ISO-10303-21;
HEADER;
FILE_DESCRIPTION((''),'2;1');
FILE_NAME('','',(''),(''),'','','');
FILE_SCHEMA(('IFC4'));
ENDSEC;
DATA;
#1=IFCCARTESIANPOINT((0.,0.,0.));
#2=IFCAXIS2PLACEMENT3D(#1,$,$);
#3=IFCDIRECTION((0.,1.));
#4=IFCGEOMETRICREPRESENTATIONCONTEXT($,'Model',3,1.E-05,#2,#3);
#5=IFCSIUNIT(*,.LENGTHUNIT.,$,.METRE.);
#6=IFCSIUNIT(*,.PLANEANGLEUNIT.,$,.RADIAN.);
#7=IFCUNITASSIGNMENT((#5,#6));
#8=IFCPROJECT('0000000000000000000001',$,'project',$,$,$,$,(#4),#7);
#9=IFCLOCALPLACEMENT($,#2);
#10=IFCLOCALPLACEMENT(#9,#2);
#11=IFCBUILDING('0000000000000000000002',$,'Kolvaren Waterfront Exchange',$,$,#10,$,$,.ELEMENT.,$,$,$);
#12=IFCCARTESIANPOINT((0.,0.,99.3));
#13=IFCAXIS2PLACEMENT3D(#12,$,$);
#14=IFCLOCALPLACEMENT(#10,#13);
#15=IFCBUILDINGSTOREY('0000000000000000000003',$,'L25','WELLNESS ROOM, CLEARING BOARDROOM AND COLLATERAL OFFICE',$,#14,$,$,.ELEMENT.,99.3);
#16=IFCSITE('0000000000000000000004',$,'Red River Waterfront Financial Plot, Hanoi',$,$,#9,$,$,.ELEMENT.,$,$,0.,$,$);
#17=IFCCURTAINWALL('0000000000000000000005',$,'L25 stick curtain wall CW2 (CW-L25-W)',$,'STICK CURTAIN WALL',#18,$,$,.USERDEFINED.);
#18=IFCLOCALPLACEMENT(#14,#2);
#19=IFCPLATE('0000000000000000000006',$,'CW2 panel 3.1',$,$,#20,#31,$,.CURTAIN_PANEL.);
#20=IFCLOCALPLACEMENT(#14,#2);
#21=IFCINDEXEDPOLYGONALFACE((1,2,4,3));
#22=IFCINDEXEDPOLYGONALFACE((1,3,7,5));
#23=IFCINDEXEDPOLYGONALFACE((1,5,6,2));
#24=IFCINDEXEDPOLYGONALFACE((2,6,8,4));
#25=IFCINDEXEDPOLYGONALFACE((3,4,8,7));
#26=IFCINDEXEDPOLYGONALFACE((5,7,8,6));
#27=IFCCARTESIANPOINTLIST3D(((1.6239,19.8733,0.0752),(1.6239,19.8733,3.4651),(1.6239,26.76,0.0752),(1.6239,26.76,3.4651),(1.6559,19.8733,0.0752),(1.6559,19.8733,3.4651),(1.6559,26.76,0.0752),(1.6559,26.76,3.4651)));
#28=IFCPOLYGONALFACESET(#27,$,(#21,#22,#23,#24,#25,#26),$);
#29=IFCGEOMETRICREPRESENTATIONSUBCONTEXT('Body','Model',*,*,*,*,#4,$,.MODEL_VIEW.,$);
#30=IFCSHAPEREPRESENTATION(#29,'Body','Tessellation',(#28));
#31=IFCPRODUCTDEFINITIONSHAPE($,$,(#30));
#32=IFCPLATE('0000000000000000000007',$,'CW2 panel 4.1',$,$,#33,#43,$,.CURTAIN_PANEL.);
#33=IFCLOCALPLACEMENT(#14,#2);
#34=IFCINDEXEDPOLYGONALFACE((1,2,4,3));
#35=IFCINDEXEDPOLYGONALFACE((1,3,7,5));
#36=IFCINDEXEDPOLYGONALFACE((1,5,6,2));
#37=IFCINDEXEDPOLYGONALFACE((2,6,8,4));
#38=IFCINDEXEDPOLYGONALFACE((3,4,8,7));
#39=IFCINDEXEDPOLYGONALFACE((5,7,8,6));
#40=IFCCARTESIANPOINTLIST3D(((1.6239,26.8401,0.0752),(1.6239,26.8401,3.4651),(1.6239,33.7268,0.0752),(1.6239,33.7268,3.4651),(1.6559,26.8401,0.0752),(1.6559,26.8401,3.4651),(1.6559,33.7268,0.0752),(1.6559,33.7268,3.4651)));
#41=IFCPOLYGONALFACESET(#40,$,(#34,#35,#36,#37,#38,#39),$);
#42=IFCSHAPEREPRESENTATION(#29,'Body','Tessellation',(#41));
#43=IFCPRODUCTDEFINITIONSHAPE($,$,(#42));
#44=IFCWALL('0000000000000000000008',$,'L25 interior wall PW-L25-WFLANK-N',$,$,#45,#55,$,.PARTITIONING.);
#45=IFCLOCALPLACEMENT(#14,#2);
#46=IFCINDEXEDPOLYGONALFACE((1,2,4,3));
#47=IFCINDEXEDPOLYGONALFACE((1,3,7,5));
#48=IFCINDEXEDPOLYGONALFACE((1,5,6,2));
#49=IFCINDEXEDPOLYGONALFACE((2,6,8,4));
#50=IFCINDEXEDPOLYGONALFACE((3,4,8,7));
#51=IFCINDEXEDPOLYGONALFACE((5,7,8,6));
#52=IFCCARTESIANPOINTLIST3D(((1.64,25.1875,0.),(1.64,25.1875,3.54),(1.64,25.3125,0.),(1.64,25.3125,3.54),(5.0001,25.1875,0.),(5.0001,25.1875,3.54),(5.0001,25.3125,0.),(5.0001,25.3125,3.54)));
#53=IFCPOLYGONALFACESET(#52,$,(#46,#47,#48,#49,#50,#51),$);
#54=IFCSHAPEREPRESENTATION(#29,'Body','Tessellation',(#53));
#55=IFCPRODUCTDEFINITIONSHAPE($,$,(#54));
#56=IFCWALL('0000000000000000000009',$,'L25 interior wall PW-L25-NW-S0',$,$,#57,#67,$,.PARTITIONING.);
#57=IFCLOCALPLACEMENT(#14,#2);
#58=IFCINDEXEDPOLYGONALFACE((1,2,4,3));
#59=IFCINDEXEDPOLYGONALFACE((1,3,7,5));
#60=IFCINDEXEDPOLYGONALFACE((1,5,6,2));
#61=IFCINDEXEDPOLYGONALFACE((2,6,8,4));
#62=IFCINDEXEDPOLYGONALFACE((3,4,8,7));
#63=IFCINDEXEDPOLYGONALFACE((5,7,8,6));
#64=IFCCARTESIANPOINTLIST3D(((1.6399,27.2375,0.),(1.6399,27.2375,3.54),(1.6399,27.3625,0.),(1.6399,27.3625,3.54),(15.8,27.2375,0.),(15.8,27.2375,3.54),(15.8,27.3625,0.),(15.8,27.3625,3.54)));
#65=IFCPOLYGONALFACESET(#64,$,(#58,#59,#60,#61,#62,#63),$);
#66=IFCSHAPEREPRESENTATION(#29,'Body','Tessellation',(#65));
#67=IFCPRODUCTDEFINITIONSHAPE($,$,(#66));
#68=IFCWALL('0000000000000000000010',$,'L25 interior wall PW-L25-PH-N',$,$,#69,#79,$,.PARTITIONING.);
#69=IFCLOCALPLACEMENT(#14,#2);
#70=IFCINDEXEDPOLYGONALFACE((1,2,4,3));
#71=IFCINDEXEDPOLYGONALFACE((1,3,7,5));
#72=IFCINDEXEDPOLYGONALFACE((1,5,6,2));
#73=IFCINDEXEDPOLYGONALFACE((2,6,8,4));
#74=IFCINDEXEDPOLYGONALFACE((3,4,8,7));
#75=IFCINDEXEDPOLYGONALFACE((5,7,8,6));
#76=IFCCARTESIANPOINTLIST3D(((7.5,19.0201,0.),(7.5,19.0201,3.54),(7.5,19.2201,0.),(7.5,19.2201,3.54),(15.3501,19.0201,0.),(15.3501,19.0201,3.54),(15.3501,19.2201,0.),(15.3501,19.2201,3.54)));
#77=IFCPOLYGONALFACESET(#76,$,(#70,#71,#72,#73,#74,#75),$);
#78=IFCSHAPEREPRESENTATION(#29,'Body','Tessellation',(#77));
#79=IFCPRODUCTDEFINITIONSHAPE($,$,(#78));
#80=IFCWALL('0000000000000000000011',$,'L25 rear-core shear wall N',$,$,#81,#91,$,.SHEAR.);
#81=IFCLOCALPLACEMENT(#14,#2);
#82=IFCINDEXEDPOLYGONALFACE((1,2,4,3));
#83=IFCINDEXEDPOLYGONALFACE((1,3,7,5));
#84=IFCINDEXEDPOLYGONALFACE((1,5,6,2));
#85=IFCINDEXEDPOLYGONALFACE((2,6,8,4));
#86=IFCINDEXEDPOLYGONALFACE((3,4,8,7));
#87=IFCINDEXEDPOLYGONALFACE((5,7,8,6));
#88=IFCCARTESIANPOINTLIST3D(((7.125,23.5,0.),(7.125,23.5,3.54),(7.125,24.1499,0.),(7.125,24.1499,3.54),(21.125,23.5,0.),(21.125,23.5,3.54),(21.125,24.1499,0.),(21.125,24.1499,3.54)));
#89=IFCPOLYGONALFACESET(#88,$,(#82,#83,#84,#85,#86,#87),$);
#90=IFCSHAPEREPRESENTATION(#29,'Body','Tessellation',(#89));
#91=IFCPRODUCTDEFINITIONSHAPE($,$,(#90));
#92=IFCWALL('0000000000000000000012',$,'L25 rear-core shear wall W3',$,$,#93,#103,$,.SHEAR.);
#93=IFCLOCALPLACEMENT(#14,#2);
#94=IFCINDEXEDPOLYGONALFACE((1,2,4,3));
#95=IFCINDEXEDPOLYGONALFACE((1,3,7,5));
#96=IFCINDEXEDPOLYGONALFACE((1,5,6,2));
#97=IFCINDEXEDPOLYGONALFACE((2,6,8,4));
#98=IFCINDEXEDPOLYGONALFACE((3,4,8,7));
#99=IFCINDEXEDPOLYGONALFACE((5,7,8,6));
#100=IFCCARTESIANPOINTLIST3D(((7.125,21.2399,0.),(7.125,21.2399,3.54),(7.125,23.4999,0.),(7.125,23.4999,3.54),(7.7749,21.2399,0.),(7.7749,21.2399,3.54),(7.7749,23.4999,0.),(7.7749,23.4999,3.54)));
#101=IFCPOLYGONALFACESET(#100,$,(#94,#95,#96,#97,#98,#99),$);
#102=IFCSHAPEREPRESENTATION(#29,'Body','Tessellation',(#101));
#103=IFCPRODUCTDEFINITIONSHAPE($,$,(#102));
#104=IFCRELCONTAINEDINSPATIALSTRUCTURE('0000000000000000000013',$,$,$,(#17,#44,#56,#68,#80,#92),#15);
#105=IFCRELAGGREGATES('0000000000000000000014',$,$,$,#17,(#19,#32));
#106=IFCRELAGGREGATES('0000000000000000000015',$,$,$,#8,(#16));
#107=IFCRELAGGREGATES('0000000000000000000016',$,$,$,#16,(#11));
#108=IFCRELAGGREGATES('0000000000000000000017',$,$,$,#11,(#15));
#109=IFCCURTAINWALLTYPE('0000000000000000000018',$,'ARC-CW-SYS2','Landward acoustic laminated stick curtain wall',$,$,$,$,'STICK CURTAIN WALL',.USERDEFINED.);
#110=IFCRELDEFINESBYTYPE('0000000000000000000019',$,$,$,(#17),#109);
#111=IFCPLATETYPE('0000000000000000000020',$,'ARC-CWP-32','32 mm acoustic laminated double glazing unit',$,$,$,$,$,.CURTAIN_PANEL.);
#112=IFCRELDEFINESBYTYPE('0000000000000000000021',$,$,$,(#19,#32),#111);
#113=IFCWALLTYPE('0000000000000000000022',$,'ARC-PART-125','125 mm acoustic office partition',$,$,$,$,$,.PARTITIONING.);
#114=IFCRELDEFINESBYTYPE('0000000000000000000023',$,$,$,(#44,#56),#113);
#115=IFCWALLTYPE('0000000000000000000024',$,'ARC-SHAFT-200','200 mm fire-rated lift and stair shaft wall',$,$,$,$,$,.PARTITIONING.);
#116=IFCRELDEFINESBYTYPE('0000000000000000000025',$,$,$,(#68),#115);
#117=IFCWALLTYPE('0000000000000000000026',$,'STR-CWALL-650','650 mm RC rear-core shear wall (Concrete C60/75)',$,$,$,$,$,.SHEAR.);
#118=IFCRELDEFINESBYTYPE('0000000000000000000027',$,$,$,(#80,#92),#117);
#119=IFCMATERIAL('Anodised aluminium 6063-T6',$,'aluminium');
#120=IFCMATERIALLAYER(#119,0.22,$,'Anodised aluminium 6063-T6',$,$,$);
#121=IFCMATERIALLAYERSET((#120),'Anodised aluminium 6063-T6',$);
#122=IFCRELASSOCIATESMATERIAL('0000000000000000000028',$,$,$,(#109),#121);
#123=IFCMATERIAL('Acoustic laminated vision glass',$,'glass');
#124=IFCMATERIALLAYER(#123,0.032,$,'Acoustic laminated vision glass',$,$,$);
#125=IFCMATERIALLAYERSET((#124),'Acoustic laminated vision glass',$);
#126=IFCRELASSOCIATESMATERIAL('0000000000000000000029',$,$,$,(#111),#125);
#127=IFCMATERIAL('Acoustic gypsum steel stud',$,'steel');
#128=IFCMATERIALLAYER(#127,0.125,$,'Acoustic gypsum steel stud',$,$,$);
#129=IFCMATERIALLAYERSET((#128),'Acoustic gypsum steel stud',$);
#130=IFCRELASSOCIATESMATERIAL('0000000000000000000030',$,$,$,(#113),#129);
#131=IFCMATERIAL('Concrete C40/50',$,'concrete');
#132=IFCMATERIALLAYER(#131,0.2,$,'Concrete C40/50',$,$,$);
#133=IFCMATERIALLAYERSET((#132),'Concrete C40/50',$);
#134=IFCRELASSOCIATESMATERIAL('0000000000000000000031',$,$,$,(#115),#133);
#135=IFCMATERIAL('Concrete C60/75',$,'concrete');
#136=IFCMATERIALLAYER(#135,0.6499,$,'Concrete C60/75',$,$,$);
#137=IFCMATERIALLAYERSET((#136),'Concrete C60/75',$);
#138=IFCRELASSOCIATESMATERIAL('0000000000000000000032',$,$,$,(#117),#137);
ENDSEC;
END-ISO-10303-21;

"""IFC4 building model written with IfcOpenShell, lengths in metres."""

from ifc_helpers import new_model, si_unit, direction, frame, frame_2d, origin, origin_with_axes, origin_2d, place, context, subcontext, project, spatial, rectangle, extrude, source, transform, mapped, material, layer, layer_set, type_object, element, aggregate, save


model = new_model("IFC4")

# Units and contexts
model_context = context("Model", 3, precision=1e-05, world=origin(), true_north=direction((0.0, 1.0)))
body_context = subcontext(model_context, "Body", "Model", "MODEL_VIEW")
ifc_project = project(units=[si_unit("LENGTHUNIT", "METRE"), si_unit("PLANEANGLEUNIT", "RADIAN")], contexts=[model_context])

# Site, building, storey
site_placement = place(None, origin())
site = spatial("IfcSite", under=ifc_project, at=site_placement, Name="Red River Waterfront Financial Plot, Hanoi", CompositionType="ELEMENT", RefElevation=0.0)
building_placement = place(site_placement, origin())
building = spatial("IfcBuilding", under=site, at=building_placement, Name="Kolvaren Waterfront Exchange", CompositionType="ELEMENT")
storey_placement = place(building_placement, frame((0.0, 0.0, 99.3)))
storey = spatial("IfcBuildingStorey", under=building, at=storey_placement, Name="L25", Description="WELLNESS ROOM, CLEARING BOARDROOM AND COLLATERAL OFFICE", CompositionType="ELEMENT", Elevation=99.3)

# Shared definitions
ifc_material_1 = material(Name="Concrete C60/75", Category="concrete")

# Curtain wall, plates
ifc_material_2 = material(Name="Anodised aluminium 6063-T6", Category="aluminium")
ifc_layer_1 = layer(ifc_material_2, 0.22, Name="Anodised aluminium 6063-T6")
ifc_layer_set_1 = layer_set([ifc_layer_1], Name="Anodised aluminium 6063-T6")
curtain_wall_type = type_object("IfcCurtainWallType", Name="ARC-CW-SYS2", Description="Landward acoustic laminated stick curtain wall", ElementType="STICK CURTAIN WALL", PredefinedType="USERDEFINED", material=ifc_layer_set_1)
curtain_wall_placement = place(storey_placement, origin())
curtain_wall = element("IfcCurtainWall", 1, at=curtain_wall_placement, inside=storey, type_object=curtain_wall_type, Name="L25 stick curtain wall CW2 (CW-L25-W)", ObjectType="STICK CURTAIN WALL", PredefinedType="USERDEFINED")
ifc_material_3 = material(Name="Acoustic laminated vision glass", Category="glass")
ifc_layer_2 = layer(ifc_material_3, 0.032, Name="Acoustic laminated vision glass")
ifc_layer_set_2 = layer_set([ifc_layer_2], Name="Acoustic laminated vision glass")
plate_type = type_object("IfcPlateType", Name="ARC-CWP-32", Description="32 mm acoustic laminated double glazing unit", PredefinedType="CURTAIN_PANEL", material=ifc_layer_set_2)
shared_shape_1 = source(origin_with_axes(), body_context, "Body", "SweptSolid", [
    extrude(rectangle(XDim=6.8867, YDim=0.032, at=origin_2d()), origin(), (0.0, 0.0, 1.0), 3.3899),
])
plate_1_placement = place(storey_placement, frame((1.6399, 23.3167, 0.0752), z_axis=(0.0, 0.0, 1.0), x_axis=(0.0, 1.0, 0.0)))
plate_1 = element("IfcPlate", 2, at=plate_1_placement, type_object=plate_type, Name="CW2 panel 3.1", PredefinedType="CURTAIN_PANEL", context=body_context, shape_type="MappedRepresentation", body=[
    mapped(shared_shape_1, transform((0.0, 0.0, 0.0), x_axis=(1.0, 0.0, 0.0), y_axis=(0.0, 1.0, 0.0), z_axis=(0.0, 0.0, 1.0), scale=1.0)),
])
plate_2_placement = place(storey_placement, frame((1.6399, 30.2834, 0.0752), z_axis=(0.0, 0.0, 1.0), x_axis=(0.0, 1.0, 0.0)))
plate_2 = element("IfcPlate", 3, at=plate_2_placement, type_object=plate_type, Name="CW2 panel 4.1", PredefinedType="CURTAIN_PANEL", context=body_context, shape_type="MappedRepresentation", body=[
    mapped(shared_shape_1, transform((0.0, 0.0, 0.0), x_axis=(1.0, 0.0, 0.0), y_axis=(0.0, 1.0, 0.0), z_axis=(0.0, 0.0, 1.0), scale=1.0)),
])
aggregate(curtain_wall, [plate_1, plate_2])

# Walls
ifc_material_4 = material(Name="Acoustic gypsum steel stud", Category="steel")
ifc_layer_3 = layer(ifc_material_4, 0.125, Name="Acoustic gypsum steel stud")
ifc_layer_set_3 = layer_set([ifc_layer_3], Name="Acoustic gypsum steel stud")
wall_type_1 = type_object("IfcWallType", Name="ARC-PART-125", Description="125 mm acoustic office partition", PredefinedType="PARTITIONING", material=ifc_layer_set_3)
wall_1_placement = place(storey_placement, frame((1.6399, 25.25, 0.0), z_axis=(0.0, 0.0, 1.0), x_axis=(1.0, 0.0, 0.0)))
element("IfcWall", 4, at=wall_1_placement, inside=storey, type_object=wall_type_1, Name="L25 interior wall PW-L25-WFLANK-N", PredefinedType="PARTITIONING", context=body_context, shape_type="SweptSolid", body=[
    extrude(rectangle(XDim=3.3601, YDim=0.125, at=frame_2d((1.6802, 0.0))), origin(), (0.0, 0.0, 1.0), 3.54),
])
wall_2_placement = place(storey_placement, frame((1.6399, 27.3, 0.0), z_axis=(0.0, 0.0, 1.0), x_axis=(1.0, 0.0, 0.0)))
element("IfcWall", 5, at=wall_2_placement, inside=storey, type_object=wall_type_1, Name="L25 interior wall PW-L25-NW-S0", PredefinedType="PARTITIONING", context=body_context, shape_type="SweptSolid", body=[
    extrude(rectangle(XDim=14.1602, YDim=0.125, at=frame_2d((7.0801, 0.0))), origin(), (0.0, 0.0, 1.0), 3.54),
])

# Walls
ifc_material_5 = material(Name="Concrete C40/50", Category="concrete")
ifc_layer_4 = layer(ifc_material_5, 0.2, Name="Concrete C40/50")
ifc_layer_set_4 = layer_set([ifc_layer_4], Name="Concrete C40/50")
wall_type_2 = type_object("IfcWallType", Name="ARC-SHAFT-200", Description="200 mm fire-rated lift and stair shaft wall", PredefinedType="PARTITIONING", material=ifc_layer_set_4)
wall_3_placement = place(storey_placement, frame((7.5, 19.1201, 0.0), z_axis=(0.0, 0.0, 1.0), x_axis=(1.0, 0.0, 0.0)))
element("IfcWall", 6, at=wall_3_placement, inside=storey, type_object=wall_type_2, Name="L25 interior wall PW-L25-PH-N", PredefinedType="PARTITIONING", context=body_context, shape_type="SweptSolid", body=[
    extrude(rectangle(XDim=7.8501, YDim=0.2, at=frame_2d((3.925, 0.0))), origin(), (0.0, 0.0, 1.0), 3.54),
])
ifc_layer_5 = layer(ifc_material_1, 0.6499, Name="Concrete C60/75")
ifc_layer_set_5 = layer_set([ifc_layer_5], Name="Concrete C60/75")
wall_type_3 = type_object("IfcWallType", Name="STR-CWALL-650", Description="650 mm RC rear-core shear wall (Concrete C60/75)", PredefinedType="SHEAR", material=ifc_layer_set_5)
wall_4_placement = place(storey_placement, frame((7.125, 23.825, 0.0), z_axis=(0.0, 0.0, 1.0), x_axis=(1.0, 0.0, 0.0)))
element("IfcWall", 7, at=wall_4_placement, inside=storey, type_object=wall_type_3, Name="L25 rear-core shear wall N", PredefinedType="SHEAR", context=body_context, shape_type="SweptSolid", body=[
    extrude(rectangle(XDim=14.0, YDim=0.6499, at=frame_2d((7.0, 0.0))), origin(), (0.0, 0.0, 1.0), 3.54),
])
wall_5_placement = place(storey_placement, frame((7.45, 21.24, 0.0), z_axis=(0.0, 0.0, 1.0), x_axis=(0.0, 1.0, 0.0)))
element("IfcWall", 8, at=wall_5_placement, inside=storey, type_object=wall_type_3, Name="L25 rear-core shear wall W3", PredefinedType="SHEAR", context=body_context, shape_type="SweptSolid", body=[
    extrude(rectangle(XDim=2.26, YDim=0.6499, at=frame_2d((1.1299, 0.0))), origin(), (0.0, 0.0, 1.0), 3.54),
])

save(model, "model.ifc")
